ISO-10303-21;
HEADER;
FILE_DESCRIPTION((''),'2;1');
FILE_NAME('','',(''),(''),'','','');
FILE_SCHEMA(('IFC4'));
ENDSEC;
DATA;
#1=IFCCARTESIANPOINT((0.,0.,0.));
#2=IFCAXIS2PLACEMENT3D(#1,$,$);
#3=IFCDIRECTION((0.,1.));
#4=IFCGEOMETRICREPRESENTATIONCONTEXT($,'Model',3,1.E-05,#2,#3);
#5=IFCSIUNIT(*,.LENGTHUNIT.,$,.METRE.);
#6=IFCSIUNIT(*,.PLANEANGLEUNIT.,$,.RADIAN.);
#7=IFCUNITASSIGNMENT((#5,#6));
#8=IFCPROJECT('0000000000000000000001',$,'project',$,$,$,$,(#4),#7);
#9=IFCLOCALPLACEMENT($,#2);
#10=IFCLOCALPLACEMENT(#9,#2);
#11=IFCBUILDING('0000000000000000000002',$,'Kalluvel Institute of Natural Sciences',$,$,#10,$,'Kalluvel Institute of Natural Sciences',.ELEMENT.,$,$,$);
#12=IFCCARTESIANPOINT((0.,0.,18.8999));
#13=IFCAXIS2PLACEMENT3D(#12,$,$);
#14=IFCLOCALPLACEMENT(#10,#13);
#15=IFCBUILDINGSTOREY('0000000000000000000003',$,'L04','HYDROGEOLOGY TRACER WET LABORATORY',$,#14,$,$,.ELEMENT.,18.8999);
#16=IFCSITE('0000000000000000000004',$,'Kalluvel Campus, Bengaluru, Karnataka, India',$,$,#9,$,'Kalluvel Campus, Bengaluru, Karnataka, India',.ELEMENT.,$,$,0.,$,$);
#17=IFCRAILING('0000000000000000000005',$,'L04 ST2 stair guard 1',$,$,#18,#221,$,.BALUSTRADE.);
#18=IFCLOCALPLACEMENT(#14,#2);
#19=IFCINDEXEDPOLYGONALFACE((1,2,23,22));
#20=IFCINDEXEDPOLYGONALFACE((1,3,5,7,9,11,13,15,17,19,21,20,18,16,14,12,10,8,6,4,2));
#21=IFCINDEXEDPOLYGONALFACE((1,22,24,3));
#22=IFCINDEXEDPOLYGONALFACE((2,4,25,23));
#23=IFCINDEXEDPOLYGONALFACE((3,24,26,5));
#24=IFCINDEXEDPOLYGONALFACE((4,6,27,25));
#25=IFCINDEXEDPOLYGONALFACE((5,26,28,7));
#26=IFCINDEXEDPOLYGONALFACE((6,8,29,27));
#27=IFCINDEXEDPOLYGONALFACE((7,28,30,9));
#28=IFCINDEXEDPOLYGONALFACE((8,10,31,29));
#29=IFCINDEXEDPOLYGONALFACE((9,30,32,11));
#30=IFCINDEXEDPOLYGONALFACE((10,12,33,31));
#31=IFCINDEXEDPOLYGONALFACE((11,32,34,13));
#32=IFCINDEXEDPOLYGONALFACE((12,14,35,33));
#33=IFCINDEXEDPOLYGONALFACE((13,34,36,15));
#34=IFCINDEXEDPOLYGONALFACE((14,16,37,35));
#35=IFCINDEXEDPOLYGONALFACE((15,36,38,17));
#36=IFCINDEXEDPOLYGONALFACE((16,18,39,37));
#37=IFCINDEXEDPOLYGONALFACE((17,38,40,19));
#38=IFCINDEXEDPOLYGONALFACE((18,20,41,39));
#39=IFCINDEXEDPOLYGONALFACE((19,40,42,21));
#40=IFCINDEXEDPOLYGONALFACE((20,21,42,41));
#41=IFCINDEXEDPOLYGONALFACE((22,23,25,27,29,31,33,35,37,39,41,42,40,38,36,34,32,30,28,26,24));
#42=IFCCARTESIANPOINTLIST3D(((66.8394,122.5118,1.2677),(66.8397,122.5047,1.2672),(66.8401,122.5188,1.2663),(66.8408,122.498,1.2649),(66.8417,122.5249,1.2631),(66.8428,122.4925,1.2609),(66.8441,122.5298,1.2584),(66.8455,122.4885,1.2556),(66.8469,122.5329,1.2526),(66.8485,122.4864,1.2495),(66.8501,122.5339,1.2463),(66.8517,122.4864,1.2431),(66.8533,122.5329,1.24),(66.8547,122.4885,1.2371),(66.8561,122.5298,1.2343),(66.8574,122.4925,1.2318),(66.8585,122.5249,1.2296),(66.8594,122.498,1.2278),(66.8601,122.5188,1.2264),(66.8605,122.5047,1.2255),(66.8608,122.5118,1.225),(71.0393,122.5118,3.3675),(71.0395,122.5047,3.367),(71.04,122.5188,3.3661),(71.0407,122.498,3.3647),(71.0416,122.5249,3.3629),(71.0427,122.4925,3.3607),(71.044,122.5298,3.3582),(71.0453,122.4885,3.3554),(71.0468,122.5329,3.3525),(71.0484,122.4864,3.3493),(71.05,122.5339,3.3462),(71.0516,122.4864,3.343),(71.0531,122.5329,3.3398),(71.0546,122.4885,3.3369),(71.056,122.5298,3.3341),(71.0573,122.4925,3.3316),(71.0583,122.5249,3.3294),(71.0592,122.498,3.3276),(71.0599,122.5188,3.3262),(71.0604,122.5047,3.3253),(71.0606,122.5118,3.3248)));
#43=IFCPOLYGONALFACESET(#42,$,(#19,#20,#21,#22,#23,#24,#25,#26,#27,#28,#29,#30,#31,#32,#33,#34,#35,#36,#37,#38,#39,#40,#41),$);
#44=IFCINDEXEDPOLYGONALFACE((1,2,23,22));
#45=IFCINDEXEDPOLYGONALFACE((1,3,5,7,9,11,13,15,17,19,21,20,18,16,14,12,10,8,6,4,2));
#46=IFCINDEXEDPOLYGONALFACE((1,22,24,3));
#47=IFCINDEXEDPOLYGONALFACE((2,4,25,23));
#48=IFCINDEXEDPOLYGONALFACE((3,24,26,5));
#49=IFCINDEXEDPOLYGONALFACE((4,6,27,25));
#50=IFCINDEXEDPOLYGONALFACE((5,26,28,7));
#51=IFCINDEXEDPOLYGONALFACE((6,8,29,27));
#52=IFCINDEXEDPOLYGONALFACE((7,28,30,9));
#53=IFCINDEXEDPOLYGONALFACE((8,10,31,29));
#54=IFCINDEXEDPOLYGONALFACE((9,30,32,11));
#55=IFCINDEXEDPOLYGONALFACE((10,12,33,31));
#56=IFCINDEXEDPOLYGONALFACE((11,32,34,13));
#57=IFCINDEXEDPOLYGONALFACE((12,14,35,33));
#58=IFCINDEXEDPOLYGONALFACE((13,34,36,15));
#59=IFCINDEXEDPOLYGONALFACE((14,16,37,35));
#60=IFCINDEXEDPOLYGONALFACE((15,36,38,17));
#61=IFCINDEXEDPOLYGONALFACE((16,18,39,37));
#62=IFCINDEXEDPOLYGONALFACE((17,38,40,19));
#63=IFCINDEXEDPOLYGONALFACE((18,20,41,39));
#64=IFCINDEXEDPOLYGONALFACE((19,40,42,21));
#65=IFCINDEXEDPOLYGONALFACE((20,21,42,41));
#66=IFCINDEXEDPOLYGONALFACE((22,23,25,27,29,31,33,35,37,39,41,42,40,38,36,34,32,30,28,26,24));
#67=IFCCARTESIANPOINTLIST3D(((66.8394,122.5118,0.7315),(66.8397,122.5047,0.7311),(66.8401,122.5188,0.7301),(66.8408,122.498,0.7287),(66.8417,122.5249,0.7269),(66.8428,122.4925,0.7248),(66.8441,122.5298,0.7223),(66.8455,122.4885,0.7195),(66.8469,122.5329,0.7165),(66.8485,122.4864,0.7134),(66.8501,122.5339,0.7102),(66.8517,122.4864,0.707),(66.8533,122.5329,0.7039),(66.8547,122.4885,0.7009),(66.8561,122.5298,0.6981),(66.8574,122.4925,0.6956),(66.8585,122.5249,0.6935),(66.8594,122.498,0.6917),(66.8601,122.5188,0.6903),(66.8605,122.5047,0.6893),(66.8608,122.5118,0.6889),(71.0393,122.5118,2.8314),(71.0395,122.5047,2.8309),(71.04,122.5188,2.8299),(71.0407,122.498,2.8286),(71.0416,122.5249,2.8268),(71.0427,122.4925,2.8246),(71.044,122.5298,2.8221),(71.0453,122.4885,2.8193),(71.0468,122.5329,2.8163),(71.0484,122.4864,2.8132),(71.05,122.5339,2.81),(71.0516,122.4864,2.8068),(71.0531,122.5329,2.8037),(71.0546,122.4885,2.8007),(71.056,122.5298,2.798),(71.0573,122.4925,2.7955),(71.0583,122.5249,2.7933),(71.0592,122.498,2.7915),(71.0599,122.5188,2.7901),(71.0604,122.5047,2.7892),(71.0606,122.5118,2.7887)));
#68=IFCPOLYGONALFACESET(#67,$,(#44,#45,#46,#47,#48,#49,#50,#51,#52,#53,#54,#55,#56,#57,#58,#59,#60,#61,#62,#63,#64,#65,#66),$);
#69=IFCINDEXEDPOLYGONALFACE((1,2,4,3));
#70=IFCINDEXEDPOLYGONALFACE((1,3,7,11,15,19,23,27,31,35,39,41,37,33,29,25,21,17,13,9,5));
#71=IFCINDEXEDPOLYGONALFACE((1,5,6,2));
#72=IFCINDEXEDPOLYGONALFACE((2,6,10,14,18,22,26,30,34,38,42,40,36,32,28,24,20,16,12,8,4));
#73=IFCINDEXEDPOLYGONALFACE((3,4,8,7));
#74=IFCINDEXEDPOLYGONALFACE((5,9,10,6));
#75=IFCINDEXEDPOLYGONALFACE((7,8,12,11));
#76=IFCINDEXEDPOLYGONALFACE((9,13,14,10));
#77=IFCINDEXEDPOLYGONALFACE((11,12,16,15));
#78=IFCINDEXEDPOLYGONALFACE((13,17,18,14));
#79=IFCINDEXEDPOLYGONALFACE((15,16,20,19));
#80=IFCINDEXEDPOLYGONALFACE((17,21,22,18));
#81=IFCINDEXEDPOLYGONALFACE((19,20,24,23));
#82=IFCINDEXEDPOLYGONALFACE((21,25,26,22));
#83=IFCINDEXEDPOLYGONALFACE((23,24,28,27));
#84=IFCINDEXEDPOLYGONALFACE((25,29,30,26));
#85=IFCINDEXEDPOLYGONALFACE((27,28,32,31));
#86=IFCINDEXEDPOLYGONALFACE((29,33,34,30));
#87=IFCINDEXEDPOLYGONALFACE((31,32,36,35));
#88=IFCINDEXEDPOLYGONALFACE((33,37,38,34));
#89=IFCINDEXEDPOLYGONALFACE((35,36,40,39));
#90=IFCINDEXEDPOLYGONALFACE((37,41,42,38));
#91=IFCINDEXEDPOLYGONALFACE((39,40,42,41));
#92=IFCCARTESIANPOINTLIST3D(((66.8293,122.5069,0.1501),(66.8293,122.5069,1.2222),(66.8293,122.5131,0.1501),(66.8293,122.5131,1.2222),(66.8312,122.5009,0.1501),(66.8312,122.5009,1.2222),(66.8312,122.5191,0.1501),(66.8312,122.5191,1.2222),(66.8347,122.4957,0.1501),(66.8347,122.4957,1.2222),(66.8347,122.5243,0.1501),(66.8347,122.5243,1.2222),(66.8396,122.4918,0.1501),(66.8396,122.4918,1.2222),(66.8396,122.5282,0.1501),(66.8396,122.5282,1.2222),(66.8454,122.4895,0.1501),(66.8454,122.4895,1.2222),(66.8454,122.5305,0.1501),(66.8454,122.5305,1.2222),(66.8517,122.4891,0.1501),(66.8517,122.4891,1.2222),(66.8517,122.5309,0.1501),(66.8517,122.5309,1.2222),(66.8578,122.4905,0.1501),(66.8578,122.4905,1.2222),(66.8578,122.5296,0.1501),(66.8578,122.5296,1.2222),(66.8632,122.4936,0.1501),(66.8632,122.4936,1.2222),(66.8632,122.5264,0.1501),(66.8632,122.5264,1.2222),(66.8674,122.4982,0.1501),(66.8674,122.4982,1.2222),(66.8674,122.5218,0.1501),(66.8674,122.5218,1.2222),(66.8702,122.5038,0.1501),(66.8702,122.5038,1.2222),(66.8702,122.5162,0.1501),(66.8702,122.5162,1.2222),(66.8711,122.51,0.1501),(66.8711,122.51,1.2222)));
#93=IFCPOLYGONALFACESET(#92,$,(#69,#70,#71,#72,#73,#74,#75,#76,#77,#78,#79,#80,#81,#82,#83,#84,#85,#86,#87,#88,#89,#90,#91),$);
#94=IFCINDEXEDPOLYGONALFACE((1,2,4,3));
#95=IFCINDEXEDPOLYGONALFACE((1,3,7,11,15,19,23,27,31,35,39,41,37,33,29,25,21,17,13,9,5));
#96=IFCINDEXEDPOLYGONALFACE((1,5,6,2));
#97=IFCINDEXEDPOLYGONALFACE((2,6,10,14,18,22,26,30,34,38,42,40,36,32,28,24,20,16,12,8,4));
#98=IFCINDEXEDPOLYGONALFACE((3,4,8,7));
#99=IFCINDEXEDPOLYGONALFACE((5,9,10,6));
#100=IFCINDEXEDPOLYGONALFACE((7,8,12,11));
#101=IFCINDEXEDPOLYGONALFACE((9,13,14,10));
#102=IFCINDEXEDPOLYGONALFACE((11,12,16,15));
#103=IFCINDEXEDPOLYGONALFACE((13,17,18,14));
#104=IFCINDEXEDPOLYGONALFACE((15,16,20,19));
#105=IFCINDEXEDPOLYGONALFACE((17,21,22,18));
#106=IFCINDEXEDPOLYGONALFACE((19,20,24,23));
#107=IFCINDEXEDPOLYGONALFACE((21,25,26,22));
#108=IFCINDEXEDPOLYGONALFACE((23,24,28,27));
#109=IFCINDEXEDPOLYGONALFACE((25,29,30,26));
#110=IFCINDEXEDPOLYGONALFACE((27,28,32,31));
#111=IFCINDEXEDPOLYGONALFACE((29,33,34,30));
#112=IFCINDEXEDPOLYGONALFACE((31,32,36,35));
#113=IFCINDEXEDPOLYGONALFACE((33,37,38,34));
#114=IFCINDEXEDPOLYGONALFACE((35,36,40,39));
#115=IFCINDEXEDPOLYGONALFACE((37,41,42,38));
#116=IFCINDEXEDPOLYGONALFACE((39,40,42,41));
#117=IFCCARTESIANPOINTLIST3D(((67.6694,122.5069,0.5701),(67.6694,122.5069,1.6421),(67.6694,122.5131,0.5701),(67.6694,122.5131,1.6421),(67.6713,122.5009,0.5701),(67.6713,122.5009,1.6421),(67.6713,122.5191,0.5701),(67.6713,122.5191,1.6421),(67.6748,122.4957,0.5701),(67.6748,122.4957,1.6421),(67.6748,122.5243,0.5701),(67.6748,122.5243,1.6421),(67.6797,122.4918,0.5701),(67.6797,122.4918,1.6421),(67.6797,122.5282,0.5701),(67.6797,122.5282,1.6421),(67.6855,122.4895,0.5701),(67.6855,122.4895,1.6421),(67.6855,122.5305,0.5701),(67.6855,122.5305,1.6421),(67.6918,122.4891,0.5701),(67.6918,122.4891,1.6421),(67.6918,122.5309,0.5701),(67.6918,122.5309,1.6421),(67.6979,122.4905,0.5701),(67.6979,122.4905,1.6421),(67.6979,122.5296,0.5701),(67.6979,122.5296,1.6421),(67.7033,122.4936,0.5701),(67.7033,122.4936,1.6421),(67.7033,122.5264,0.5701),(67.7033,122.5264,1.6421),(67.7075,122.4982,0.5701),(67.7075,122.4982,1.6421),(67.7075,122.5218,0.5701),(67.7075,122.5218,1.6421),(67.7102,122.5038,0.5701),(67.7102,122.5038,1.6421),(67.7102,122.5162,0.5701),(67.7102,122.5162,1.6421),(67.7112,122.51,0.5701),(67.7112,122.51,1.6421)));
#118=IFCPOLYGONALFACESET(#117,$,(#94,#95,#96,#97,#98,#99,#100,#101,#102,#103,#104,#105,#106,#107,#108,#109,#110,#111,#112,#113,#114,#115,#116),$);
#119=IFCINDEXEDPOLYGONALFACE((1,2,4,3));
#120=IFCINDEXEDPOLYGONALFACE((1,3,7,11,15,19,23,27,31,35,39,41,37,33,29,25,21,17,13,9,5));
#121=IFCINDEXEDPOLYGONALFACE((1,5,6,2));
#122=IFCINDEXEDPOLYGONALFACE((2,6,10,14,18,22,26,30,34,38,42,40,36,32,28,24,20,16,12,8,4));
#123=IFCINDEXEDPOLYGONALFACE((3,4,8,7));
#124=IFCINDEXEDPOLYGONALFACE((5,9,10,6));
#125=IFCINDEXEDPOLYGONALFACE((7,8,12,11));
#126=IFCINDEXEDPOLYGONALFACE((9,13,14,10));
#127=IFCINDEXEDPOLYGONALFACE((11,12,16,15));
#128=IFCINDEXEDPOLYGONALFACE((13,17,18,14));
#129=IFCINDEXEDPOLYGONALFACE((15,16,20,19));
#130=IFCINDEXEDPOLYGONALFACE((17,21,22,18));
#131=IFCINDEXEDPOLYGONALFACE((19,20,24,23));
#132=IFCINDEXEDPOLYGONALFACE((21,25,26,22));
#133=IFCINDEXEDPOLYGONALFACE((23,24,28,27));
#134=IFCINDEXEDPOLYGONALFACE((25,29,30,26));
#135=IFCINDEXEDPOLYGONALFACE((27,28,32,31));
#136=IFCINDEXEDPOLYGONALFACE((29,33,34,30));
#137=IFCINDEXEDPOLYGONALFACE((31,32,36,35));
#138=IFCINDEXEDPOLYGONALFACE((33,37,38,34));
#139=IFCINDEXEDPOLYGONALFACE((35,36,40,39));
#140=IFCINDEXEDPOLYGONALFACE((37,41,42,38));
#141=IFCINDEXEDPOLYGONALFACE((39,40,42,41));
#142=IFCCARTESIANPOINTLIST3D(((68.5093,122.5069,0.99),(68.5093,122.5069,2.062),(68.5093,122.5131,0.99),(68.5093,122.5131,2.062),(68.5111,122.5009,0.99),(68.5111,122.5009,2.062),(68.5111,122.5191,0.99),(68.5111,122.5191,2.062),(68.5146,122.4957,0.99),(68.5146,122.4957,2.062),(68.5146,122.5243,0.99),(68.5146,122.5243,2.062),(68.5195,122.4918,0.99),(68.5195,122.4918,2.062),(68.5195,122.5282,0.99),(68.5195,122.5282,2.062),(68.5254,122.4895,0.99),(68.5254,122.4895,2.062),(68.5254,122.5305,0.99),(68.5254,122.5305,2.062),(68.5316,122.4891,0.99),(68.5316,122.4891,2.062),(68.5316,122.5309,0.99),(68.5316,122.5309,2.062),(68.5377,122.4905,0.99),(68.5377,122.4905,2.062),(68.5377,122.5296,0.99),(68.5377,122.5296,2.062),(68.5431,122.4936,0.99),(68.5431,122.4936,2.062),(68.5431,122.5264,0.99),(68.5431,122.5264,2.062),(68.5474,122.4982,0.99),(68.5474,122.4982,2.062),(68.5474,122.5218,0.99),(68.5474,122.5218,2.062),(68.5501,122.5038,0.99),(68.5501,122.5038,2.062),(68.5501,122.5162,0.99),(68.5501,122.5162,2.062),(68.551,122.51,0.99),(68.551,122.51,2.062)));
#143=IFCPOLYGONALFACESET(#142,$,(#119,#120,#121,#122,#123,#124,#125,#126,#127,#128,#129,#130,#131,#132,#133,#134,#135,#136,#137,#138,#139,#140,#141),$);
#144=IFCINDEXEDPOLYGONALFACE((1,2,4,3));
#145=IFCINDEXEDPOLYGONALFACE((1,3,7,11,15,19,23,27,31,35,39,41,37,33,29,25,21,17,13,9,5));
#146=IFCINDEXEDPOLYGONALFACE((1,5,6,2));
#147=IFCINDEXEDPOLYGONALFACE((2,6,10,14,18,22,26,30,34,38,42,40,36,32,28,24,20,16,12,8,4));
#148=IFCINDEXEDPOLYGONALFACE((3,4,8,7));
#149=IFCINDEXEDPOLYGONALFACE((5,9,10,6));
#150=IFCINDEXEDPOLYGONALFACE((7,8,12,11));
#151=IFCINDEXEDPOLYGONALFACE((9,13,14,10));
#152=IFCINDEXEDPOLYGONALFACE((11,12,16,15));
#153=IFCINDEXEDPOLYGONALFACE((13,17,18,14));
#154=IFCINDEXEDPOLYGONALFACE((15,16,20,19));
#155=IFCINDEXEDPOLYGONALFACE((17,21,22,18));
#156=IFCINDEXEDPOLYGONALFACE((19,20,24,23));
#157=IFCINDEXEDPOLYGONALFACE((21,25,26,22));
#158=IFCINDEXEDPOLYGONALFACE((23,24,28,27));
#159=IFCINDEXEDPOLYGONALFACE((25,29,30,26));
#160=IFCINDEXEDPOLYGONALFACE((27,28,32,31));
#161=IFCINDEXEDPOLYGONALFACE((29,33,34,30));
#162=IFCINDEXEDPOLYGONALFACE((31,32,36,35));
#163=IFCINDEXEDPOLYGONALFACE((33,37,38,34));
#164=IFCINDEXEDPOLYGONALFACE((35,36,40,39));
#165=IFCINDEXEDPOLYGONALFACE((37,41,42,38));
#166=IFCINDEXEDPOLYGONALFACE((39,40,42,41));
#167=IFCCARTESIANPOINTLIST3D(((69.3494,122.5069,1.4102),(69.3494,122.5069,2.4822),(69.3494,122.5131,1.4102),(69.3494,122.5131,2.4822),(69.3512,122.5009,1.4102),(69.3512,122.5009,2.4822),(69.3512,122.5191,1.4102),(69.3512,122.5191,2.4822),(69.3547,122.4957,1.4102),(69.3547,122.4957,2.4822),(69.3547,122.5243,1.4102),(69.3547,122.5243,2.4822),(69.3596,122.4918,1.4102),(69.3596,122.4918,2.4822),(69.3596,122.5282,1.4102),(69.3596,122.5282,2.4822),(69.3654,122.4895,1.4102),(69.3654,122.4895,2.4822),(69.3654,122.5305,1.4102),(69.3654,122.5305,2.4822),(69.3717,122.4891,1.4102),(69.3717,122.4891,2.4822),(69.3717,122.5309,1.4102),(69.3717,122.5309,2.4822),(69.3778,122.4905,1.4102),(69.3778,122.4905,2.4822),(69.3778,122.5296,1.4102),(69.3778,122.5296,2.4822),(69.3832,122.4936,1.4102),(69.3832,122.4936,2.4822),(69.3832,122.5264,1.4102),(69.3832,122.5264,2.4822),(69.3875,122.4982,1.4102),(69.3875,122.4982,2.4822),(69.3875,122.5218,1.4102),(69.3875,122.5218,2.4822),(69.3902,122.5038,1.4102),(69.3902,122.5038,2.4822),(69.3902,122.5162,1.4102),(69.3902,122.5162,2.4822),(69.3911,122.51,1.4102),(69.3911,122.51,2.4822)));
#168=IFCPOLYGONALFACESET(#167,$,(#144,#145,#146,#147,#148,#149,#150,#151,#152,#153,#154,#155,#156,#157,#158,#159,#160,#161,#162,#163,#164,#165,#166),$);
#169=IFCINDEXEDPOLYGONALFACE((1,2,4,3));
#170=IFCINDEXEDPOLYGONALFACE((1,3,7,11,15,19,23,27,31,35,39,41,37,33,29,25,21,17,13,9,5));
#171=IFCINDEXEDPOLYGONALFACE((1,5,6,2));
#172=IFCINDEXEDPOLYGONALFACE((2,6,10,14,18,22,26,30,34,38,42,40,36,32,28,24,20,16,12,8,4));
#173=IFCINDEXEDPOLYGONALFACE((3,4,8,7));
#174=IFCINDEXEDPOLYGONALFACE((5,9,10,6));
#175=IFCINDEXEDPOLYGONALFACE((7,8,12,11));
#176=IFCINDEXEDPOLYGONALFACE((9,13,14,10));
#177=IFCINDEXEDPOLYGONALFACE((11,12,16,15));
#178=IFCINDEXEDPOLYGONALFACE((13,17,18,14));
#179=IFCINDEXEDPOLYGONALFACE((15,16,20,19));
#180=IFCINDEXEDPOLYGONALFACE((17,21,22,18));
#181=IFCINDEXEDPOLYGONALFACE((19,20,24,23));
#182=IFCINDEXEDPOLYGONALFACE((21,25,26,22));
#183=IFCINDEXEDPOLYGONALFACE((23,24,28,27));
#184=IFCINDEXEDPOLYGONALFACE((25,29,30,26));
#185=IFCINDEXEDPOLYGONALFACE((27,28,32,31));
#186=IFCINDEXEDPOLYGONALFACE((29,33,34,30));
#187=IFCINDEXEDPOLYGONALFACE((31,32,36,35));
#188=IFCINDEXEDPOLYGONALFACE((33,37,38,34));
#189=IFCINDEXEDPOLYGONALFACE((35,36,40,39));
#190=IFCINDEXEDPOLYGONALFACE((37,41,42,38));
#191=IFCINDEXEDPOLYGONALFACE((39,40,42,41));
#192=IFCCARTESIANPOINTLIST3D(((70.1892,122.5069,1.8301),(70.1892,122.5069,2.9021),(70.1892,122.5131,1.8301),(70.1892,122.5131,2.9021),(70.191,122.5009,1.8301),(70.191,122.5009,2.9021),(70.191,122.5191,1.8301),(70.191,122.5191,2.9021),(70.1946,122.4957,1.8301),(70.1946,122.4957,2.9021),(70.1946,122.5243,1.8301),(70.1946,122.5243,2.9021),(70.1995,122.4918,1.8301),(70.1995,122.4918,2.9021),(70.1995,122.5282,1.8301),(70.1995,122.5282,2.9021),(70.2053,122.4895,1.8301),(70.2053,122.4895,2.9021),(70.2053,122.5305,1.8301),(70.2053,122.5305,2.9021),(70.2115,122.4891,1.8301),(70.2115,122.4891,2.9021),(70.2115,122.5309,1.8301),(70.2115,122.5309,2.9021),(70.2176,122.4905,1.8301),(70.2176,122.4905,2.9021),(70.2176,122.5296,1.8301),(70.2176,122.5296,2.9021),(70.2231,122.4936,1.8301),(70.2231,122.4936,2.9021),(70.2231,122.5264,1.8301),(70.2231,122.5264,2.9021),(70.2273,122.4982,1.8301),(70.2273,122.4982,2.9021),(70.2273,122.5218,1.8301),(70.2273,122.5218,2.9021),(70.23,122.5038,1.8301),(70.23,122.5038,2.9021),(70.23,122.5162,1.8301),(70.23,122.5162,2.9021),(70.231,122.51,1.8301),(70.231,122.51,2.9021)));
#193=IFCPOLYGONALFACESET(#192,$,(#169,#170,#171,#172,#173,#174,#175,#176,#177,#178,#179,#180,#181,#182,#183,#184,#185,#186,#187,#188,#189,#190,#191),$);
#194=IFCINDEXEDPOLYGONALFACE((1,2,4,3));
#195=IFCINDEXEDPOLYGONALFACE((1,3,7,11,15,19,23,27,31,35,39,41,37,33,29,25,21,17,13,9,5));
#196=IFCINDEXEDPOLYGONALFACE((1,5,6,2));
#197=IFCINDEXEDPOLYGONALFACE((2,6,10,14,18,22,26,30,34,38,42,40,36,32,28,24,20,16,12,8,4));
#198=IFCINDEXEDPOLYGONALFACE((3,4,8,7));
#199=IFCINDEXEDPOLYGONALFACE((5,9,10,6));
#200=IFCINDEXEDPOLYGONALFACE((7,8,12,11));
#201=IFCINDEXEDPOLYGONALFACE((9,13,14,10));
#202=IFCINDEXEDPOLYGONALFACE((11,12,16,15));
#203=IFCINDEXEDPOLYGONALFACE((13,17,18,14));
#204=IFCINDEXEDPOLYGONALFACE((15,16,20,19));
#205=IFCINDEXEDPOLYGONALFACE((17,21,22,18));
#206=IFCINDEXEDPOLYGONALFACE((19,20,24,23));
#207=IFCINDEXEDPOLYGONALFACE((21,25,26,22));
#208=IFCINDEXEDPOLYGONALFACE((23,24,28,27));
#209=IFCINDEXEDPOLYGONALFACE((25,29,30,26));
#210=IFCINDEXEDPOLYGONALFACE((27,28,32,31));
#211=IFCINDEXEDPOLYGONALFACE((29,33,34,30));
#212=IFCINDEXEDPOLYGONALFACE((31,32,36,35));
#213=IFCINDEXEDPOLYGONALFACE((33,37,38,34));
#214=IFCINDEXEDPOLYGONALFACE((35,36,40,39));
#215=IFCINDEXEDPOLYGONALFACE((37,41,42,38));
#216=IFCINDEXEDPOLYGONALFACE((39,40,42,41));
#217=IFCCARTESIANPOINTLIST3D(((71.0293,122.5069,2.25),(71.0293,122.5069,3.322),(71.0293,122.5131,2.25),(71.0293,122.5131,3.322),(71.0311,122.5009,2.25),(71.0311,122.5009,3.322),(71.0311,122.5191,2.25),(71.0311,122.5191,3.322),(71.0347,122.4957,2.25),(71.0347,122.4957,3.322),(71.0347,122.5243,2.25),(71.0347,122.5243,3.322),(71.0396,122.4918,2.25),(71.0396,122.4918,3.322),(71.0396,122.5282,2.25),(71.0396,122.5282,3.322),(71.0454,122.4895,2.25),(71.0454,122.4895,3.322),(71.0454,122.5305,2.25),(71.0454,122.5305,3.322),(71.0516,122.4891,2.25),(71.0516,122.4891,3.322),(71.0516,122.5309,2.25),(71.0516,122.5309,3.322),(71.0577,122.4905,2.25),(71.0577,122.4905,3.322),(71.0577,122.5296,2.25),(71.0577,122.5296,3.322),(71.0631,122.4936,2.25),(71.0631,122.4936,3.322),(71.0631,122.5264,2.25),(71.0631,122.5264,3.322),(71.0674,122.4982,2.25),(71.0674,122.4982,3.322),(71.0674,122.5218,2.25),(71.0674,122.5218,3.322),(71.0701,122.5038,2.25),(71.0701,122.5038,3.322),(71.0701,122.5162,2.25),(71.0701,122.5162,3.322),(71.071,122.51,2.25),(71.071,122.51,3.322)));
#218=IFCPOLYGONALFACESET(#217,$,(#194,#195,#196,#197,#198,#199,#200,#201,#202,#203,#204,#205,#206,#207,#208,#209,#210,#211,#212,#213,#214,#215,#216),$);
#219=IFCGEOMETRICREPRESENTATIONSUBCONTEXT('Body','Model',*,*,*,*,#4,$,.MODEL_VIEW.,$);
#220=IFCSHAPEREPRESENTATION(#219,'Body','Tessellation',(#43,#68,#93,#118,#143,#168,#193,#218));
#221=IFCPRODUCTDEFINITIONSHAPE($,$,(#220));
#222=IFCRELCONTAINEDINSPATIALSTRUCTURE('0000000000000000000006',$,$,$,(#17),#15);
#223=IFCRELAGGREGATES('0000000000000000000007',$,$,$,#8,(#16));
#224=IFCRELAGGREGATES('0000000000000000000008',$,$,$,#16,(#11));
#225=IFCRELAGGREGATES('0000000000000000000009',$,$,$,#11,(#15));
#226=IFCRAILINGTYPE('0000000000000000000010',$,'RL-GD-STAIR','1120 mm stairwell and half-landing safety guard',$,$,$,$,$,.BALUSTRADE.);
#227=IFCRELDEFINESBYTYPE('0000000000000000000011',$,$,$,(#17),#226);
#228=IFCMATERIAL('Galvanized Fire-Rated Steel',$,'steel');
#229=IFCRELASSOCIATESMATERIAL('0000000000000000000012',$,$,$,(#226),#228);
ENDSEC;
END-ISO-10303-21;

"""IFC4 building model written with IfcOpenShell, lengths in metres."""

from ifc_helpers import new_model, si_unit, direction, frame, origin, origin_2d, place, context, subcontext, project, spatial, circle, extrude, material, type_object, element, save


model = new_model("IFC4")

# Units and contexts
model_context = context("Model", 3, precision=1e-05, world=origin(), true_north=direction((0.0, 1.0)))
body_context = subcontext(model_context, "Body", "Model", "MODEL_VIEW")
ifc_project = project(units=[si_unit("LENGTHUNIT", "METRE"), si_unit("PLANEANGLEUNIT", "RADIAN")], contexts=[model_context])

# Site, building, storey
site_placement = place(None, origin())
site = spatial("IfcSite", under=ifc_project, at=site_placement, Name="Kalluvel Campus, Bengaluru, Karnataka, India", LongName="Kalluvel Campus, Bengaluru, Karnataka, India", CompositionType="ELEMENT", RefElevation=0.0)
building_placement = place(site_placement, origin())
building = spatial("IfcBuilding", under=site, at=building_placement, Name="Kalluvel Institute of Natural Sciences", LongName="Kalluvel Institute of Natural Sciences", CompositionType="ELEMENT")
storey_placement = place(building_placement, frame((0.0, 0.0, 18.8999)))
storey = spatial("IfcBuildingStorey", under=building, at=storey_placement, Name="L04", Description="HYDROGEOLOGY TRACER WET LABORATORY", CompositionType="ELEMENT", Elevation=18.8999)

# Shared definitions
ifc_material_1 = material(Name="Galvanized Fire-Rated Steel", Category="steel")

# Railing
railing_type_1 = type_object("IfcRailingType", Name="RL-GD-STAIR", Description="1120 mm stairwell and half-landing safety guard", PredefinedType="BALUSTRADE", material=ifc_material_1)
railing_1_placement = place(storey_placement, frame((66.8501, 122.51, 0.1501)))
element("IfcRailing", 1, at=railing_1_placement, inside=storey, type_object=railing_type_1, Name="L04 ST2 stair guard 1", PredefinedType="BALUSTRADE", context=body_context, shape_type="SweptSolid", body=[
    extrude(circle(Radius=0.0239, at=origin_2d()), frame((0.0, 0.0, 1.0962), z_axis=(0.894438, 0.0, 0.447193), x_axis=(0.0, 1.0, 0.0)), (0.0, 0.0, 1.0), 4.6956),
    extrude(circle(Radius=0.0239, at=origin_2d()), frame((0.0, 0.0, 0.5601), z_axis=(0.894438, 0.0, 0.447193), x_axis=(0.0, 1.0, 0.0)), (0.0, 0.0, 1.0), 4.6956),
    extrude(circle(Radius=0.021, at=origin_2d()), origin(), (0.0, 0.0, 1.0), 1.072),
    extrude(circle(Radius=0.021, at=origin_2d()), frame((0.8401, 0.0, 0.4199)), (0.0, 0.0, 1.0), 1.072),
    extrude(circle(Radius=0.021, at=origin_2d()), frame((1.6799, 0.0, 0.8398)), (0.0, 0.0, 1.0), 1.072),
    extrude(circle(Radius=0.021, at=origin_2d()), frame((2.52, 0.0, 1.26)), (0.0, 0.0, 1.0), 1.072),
    extrude(circle(Radius=0.021, at=origin_2d()), frame((3.3599, 0.0, 1.6799)), (0.0, 0.0, 1.0), 1.072),
    extrude(circle(Radius=0.021, at=origin_2d()), frame((4.2, 0.0, 2.0999)), (0.0, 0.0, 1.0), 1.072),
])

save(model, "model.ifc")
